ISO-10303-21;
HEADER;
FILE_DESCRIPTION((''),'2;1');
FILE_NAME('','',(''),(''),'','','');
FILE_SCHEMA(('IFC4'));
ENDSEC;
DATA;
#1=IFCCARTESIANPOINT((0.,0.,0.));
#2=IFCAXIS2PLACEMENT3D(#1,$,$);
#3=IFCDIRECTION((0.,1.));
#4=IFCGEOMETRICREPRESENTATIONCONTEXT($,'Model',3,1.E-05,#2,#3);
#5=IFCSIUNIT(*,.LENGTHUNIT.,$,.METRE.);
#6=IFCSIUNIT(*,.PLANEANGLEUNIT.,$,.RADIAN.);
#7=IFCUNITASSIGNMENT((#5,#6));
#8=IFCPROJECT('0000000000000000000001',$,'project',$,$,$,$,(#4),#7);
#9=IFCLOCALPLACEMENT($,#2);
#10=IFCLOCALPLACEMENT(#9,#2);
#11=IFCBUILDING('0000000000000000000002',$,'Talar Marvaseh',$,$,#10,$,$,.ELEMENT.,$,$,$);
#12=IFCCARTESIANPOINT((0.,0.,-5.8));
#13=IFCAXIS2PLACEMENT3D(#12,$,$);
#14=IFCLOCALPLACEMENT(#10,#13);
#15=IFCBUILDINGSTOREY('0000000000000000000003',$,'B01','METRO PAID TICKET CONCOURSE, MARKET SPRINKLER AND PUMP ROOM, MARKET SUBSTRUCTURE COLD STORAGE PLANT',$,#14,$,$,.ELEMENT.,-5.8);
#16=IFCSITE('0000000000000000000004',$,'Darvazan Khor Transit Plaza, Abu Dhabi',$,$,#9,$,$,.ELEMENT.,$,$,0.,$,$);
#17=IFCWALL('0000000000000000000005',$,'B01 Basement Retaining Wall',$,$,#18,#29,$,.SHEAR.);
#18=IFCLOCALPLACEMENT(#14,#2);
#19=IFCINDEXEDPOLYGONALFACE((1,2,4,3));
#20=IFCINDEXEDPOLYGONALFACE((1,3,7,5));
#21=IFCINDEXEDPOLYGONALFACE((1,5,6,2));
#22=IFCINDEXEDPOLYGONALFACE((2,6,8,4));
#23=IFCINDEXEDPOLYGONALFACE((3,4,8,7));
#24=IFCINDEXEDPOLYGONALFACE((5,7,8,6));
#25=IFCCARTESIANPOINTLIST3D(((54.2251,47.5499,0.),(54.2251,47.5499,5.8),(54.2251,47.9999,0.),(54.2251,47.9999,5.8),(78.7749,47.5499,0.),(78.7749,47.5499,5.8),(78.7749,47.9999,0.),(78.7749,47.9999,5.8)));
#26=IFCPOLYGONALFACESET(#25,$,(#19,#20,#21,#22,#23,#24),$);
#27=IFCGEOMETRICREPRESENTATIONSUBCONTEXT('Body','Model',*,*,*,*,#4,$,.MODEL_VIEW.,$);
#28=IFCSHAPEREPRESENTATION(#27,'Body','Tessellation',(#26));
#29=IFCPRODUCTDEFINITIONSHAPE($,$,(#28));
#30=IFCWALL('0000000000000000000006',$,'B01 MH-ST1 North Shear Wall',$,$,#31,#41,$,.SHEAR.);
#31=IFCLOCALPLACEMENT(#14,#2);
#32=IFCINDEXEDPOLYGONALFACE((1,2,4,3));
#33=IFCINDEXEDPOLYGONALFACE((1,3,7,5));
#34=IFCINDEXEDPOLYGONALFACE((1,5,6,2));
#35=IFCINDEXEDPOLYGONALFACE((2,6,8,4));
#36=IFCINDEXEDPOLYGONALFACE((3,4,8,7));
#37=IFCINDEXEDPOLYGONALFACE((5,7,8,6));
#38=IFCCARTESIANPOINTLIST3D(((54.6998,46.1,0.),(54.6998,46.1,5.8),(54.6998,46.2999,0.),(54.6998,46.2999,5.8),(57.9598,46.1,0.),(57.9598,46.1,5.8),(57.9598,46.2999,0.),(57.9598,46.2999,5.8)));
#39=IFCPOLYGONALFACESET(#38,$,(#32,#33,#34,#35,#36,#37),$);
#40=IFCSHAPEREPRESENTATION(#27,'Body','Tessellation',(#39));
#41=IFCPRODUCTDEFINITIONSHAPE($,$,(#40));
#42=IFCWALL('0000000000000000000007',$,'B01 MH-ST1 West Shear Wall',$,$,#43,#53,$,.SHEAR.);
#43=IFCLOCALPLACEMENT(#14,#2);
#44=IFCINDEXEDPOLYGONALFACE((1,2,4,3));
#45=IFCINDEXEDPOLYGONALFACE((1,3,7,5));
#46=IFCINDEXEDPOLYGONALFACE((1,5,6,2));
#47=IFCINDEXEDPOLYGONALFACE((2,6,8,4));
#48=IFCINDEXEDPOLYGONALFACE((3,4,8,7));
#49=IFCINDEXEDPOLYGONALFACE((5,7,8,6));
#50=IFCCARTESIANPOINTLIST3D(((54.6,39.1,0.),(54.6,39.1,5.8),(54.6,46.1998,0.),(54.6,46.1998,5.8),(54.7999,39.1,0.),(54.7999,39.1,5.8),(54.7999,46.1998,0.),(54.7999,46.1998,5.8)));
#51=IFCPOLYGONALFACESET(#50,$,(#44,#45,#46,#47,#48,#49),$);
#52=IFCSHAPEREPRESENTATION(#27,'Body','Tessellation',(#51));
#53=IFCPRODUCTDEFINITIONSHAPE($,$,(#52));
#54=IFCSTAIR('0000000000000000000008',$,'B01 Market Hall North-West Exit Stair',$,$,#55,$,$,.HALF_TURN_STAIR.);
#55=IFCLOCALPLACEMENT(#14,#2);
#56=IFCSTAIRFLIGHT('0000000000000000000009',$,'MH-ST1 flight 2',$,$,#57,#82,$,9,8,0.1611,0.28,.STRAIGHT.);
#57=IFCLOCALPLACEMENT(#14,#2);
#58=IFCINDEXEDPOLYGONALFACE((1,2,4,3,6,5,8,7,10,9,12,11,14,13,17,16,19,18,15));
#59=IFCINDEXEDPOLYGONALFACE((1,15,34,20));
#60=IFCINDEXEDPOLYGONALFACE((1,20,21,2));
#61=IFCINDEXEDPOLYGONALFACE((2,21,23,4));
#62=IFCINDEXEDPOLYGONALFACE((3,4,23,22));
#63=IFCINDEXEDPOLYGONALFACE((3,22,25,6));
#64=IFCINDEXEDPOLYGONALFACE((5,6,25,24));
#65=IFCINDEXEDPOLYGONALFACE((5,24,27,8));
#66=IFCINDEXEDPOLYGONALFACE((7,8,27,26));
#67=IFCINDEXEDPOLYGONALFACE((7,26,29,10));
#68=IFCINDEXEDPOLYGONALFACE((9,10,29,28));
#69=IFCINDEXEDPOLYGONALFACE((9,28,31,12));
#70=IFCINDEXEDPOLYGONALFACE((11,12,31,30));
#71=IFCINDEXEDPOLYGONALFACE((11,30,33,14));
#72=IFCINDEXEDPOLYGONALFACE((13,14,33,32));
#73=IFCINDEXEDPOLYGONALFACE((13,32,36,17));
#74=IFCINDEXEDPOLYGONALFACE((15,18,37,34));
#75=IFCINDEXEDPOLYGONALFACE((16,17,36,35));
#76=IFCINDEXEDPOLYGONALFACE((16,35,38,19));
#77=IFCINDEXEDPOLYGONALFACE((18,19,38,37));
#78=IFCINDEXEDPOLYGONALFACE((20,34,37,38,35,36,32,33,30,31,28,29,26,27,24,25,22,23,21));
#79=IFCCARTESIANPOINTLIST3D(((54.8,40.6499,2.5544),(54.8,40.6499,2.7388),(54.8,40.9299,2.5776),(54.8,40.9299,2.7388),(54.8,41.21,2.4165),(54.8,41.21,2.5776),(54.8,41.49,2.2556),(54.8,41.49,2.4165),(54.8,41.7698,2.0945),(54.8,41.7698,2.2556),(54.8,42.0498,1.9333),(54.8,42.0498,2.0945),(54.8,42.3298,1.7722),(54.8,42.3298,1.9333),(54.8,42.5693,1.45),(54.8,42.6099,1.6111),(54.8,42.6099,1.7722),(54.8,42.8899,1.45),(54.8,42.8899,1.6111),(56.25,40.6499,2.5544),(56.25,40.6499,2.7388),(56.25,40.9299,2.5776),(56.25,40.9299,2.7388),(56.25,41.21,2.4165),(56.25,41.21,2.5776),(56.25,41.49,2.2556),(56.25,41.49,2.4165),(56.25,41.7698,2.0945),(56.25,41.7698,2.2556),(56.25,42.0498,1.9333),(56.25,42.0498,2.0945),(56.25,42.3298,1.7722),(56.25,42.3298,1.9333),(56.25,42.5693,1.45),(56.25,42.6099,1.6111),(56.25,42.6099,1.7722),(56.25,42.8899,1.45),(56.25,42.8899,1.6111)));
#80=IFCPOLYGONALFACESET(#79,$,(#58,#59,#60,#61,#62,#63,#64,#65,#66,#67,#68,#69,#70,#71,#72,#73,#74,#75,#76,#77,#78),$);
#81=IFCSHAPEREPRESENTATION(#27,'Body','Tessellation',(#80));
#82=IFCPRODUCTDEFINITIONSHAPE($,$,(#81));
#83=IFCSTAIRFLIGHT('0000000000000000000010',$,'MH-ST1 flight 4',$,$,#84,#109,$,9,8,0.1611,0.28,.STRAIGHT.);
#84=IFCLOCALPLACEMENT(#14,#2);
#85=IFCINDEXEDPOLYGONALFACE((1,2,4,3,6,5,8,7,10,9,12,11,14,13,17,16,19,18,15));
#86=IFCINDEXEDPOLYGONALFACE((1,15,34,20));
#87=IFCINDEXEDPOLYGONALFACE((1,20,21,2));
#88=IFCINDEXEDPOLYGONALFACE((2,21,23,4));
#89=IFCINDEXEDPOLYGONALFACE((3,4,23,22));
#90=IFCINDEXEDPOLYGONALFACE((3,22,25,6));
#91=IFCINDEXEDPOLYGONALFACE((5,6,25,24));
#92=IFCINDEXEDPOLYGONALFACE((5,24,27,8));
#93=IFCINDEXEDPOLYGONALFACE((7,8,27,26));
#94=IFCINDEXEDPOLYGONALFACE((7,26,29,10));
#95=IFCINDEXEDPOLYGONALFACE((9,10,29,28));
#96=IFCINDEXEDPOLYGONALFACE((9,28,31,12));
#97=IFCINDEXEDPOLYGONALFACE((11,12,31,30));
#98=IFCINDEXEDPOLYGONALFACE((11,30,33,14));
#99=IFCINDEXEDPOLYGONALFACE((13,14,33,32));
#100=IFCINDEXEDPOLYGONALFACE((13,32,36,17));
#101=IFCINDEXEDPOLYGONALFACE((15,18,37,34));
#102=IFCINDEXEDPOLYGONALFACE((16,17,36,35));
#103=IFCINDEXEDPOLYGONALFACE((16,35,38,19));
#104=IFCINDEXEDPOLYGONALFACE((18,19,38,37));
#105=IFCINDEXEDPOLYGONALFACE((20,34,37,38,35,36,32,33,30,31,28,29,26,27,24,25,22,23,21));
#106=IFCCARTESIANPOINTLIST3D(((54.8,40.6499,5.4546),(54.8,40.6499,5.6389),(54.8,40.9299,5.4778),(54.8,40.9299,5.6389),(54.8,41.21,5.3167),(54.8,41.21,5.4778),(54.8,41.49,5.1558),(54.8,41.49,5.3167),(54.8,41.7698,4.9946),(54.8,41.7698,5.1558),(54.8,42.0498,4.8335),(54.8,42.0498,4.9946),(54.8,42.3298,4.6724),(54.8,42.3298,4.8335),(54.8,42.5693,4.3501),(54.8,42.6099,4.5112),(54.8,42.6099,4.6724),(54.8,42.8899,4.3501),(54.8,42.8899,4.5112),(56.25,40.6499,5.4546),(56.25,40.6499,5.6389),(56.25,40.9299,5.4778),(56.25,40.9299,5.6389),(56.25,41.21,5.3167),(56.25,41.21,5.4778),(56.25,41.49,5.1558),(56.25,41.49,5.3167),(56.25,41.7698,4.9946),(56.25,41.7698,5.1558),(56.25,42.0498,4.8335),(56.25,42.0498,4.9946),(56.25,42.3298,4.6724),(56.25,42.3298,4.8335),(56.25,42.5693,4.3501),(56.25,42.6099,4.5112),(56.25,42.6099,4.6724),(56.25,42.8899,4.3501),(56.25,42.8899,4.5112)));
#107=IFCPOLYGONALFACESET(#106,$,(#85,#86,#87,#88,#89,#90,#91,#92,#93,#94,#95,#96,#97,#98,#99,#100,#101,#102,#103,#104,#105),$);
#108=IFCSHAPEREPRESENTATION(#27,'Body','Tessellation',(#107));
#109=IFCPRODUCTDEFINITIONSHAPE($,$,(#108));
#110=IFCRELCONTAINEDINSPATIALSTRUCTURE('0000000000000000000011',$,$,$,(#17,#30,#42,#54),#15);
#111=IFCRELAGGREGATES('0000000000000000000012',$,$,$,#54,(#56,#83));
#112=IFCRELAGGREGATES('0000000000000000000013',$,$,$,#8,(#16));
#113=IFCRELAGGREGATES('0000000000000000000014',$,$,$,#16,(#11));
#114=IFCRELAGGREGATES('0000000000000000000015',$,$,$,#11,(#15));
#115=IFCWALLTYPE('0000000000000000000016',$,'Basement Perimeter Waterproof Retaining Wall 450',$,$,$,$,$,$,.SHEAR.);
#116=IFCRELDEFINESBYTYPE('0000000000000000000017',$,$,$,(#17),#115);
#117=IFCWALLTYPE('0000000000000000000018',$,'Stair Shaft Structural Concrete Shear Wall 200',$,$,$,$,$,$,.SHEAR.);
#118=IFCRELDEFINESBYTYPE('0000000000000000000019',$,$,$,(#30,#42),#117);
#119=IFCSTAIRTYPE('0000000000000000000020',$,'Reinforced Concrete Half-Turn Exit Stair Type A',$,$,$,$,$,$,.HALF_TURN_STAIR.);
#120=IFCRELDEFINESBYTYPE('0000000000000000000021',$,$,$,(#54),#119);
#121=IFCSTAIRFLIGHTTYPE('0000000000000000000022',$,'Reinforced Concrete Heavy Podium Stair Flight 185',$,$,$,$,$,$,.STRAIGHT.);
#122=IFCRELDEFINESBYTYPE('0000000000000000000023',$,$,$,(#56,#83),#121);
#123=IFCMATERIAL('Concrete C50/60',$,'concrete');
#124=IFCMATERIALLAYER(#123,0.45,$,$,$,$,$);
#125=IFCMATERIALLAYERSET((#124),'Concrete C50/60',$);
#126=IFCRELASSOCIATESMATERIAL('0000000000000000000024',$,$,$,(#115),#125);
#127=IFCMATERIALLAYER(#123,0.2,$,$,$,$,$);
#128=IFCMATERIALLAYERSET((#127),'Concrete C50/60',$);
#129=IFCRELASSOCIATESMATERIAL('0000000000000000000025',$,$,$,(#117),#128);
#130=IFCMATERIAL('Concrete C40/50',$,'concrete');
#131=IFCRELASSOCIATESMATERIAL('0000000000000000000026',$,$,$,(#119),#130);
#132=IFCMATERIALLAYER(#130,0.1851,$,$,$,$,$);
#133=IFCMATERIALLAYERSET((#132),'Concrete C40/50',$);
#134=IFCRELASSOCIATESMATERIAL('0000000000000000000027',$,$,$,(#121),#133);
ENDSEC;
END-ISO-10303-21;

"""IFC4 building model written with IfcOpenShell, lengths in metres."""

from ifc_helpers import new_model, si_unit, direction, frame, frame_2d, origin, place, context, subcontext, project, spatial, polyline, rectangle, outline, extrude, material, layer, layer_set, type_object, element, aggregate, save


model = new_model("IFC4")

# Units and contexts
model_context = context("Model", 3, precision=1e-05, world=origin(), true_north=direction((0.0, 1.0)))
body_context = subcontext(model_context, "Body", "Model", "MODEL_VIEW")
ifc_project = project(units=[si_unit("LENGTHUNIT", "METRE"), si_unit("PLANEANGLEUNIT", "RADIAN")], contexts=[model_context])

# Site, building, storey
site_placement = place(None, origin())
site = spatial("IfcSite", under=ifc_project, at=site_placement, Name="Darvazan Khor Transit Plaza, Abu Dhabi", CompositionType="ELEMENT", RefElevation=0.0)
building_placement = place(site_placement, origin())
building = spatial("IfcBuilding", under=site, at=building_placement, Name="Talar Marvaseh", CompositionType="ELEMENT")
storey_placement = place(building_placement, frame((0.0, 0.0, -5.8)))
storey = spatial("IfcBuildingStorey", under=building, at=storey_placement, Name="B01", Description="METRO PAID TICKET CONCOURSE, MARKET SPRINKLER AND PUMP ROOM, MARKET SUBSTRUCTURE COLD STORAGE PLANT", CompositionType="ELEMENT", Elevation=-5.8)

# Shared definitions
ifc_material_1 = material(Name="Concrete C40/50", Category="concrete")

# Shared definitions
ifc_material_2 = material(Name="Concrete C50/60", Category="concrete")

# Walls
ifc_layer_1 = layer(ifc_material_2, 0.45)
ifc_layer_set_1 = layer_set([ifc_layer_1], Name="Concrete C50/60")
wall_type_1 = type_object("IfcWallType", Name="Basement Perimeter Waterproof Retaining Wall 450", PredefinedType="SHEAR", material=ifc_layer_set_1)
wall_1_placement = place(storey_placement, frame((54.2251, 47.7749, 0.0), z_axis=(0.0, 0.0, 1.0), x_axis=(1.0, 0.0, 0.0)))
element("IfcWall", 1, at=wall_1_placement, inside=storey, type_object=wall_type_1, Name="B01 Basement Retaining Wall", PredefinedType="SHEAR", context=body_context, shape_type="SweptSolid", body=[
    extrude(rectangle(XDim=24.5498, YDim=0.45, at=frame_2d((12.2749, 0.0))), origin(), (0.0, 0.0, 1.0), 5.8),
])
ifc_layer_2 = layer(ifc_material_2, 0.2)
ifc_layer_set_2 = layer_set([ifc_layer_2], Name="Concrete C50/60")
wall_type_2 = type_object("IfcWallType", Name="Stair Shaft Structural Concrete Shear Wall 200", PredefinedType="SHEAR", material=ifc_layer_set_2)
wall_2_placement = place(storey_placement, frame((54.7, 46.2, 0.0), z_axis=(0.0, 0.0, 1.0), x_axis=(1.0, 0.0, 0.0)))
element("IfcWall", 2, at=wall_2_placement, inside=storey, type_object=wall_type_2, Name="B01 MH-ST1 North Shear Wall", PredefinedType="SHEAR", context=body_context, shape_type="SweptSolid", body=[
    extrude(rectangle(XDim=3.26, YDim=0.2, at=frame_2d((1.6299, 0.0))), origin(), (0.0, 0.0, 1.0), 5.8),
])
wall_3_placement = place(storey_placement, frame((54.7, 39.1001, 0.0), z_axis=(0.0, 0.0, 1.0), x_axis=(0.0, 1.0, 0.0)))
element("IfcWall", 3, at=wall_3_placement, inside=storey, type_object=wall_type_2, Name="B01 MH-ST1 West Shear Wall", PredefinedType="SHEAR", context=body_context, shape_type="SweptSolid", body=[
    extrude(rectangle(XDim=7.0999, YDim=0.2, at=frame_2d((3.5498, 0.0))), origin(), (0.0, 0.0, 1.0), 5.8),
])

# Stair, stair flights
stair_type = type_object("IfcStairType", Name="Reinforced Concrete Half-Turn Exit Stair Type A", PredefinedType="HALF_TURN_STAIR", material=ifc_material_1)
stair_placement = place(storey_placement, origin())
stair = element("IfcStair", 4, at=stair_placement, inside=storey, type_object=stair_type, Name="B01 Market Hall North-West Exit Stair", PredefinedType="HALF_TURN_STAIR")
ifc_layer_3 = layer(ifc_material_1, 0.1851)
ifc_layer_set_3 = layer_set([ifc_layer_3], Name="Concrete C40/50")
stair_flight_type = type_object("IfcStairFlightType", Name="Reinforced Concrete Heavy Podium Stair Flight 185", PredefinedType="STRAIGHT", material=ifc_layer_set_3)
stair_flight_1_placement = place(storey_placement, frame((55.5249, 42.8899, 1.45), z_axis=(0.0, 0.0, 1.0), x_axis=(0.0, -1.0, 0.0)))
stair_flight_1 = element("IfcStairFlight", 5, at=stair_flight_1_placement, type_object=stair_flight_type, Name="MH-ST1 flight 2", NumberOfRisers=9, NumberOfTreads=8, PredefinedType="STRAIGHT", RiserHeight=0.1611, TreadLength=0.28, context=body_context, shape_type="SweptSolid", body=[
    extrude(outline(polyline([(0.0, 0.0), (0.0, 0.1611), (0.28, 0.1611), (0.28, 0.3223), (0.5601, 0.3223), (0.5601, 0.4834), (0.8401, 0.4834), (0.8401, 0.6445), (1.1201, 0.6445), (1.1201, 0.8057), (1.3999, 0.8057), (1.3999, 0.9666), (1.6799, 0.9666), (1.6799, 1.1277), (1.96, 1.1277), (1.96, 1.2888), (2.24, 1.2888), (2.24, 1.45), (2.24, 1.1045), (0.3206, 0.0), (0.0, 0.0)])), frame((0.0, 0.7251, 0.0), z_axis=(0.0, -1.0, 0.0), x_axis=(1.0, 0.0, 0.0)), (0.0, 0.0, 1.0), 1.45),
])
stair_flight_2_placement = place(storey_placement, frame((55.5249, 42.8899, 4.3501), z_axis=(0.0, 0.0, 1.0), x_axis=(0.0, -1.0, 0.0)))
stair_flight_2 = element("IfcStairFlight", 6, at=stair_flight_2_placement, type_object=stair_flight_type, Name="MH-ST1 flight 4", NumberOfRisers=9, NumberOfTreads=8, PredefinedType="STRAIGHT", RiserHeight=0.1611, TreadLength=0.28, context=body_context, shape_type="SweptSolid", body=[
    extrude(outline(polyline([(0.0, 0.0), (0.0, 0.1611), (0.28, 0.1611), (0.28, 0.3223), (0.5601, 0.3223), (0.5601, 0.4834), (0.8401, 0.4834), (0.8401, 0.6445), (1.1201, 0.6445), (1.1201, 0.8057), (1.3999, 0.8057), (1.3999, 0.9666), (1.6799, 0.9666), (1.6799, 1.1277), (1.96, 1.1277), (1.96, 1.2888), (2.24, 1.2888), (2.24, 1.45), (2.24, 1.1045), (0.3206, 0.0), (0.0, 0.0)])), frame((0.0, 0.7251, 0.0), z_axis=(0.0, -1.0, 0.0), x_axis=(1.0, 0.0, 0.0)), (0.0, 0.0, 1.0), 1.45),
])
aggregate(stair, [stair_flight_1, stair_flight_2])

save(model, "model.ifc")
